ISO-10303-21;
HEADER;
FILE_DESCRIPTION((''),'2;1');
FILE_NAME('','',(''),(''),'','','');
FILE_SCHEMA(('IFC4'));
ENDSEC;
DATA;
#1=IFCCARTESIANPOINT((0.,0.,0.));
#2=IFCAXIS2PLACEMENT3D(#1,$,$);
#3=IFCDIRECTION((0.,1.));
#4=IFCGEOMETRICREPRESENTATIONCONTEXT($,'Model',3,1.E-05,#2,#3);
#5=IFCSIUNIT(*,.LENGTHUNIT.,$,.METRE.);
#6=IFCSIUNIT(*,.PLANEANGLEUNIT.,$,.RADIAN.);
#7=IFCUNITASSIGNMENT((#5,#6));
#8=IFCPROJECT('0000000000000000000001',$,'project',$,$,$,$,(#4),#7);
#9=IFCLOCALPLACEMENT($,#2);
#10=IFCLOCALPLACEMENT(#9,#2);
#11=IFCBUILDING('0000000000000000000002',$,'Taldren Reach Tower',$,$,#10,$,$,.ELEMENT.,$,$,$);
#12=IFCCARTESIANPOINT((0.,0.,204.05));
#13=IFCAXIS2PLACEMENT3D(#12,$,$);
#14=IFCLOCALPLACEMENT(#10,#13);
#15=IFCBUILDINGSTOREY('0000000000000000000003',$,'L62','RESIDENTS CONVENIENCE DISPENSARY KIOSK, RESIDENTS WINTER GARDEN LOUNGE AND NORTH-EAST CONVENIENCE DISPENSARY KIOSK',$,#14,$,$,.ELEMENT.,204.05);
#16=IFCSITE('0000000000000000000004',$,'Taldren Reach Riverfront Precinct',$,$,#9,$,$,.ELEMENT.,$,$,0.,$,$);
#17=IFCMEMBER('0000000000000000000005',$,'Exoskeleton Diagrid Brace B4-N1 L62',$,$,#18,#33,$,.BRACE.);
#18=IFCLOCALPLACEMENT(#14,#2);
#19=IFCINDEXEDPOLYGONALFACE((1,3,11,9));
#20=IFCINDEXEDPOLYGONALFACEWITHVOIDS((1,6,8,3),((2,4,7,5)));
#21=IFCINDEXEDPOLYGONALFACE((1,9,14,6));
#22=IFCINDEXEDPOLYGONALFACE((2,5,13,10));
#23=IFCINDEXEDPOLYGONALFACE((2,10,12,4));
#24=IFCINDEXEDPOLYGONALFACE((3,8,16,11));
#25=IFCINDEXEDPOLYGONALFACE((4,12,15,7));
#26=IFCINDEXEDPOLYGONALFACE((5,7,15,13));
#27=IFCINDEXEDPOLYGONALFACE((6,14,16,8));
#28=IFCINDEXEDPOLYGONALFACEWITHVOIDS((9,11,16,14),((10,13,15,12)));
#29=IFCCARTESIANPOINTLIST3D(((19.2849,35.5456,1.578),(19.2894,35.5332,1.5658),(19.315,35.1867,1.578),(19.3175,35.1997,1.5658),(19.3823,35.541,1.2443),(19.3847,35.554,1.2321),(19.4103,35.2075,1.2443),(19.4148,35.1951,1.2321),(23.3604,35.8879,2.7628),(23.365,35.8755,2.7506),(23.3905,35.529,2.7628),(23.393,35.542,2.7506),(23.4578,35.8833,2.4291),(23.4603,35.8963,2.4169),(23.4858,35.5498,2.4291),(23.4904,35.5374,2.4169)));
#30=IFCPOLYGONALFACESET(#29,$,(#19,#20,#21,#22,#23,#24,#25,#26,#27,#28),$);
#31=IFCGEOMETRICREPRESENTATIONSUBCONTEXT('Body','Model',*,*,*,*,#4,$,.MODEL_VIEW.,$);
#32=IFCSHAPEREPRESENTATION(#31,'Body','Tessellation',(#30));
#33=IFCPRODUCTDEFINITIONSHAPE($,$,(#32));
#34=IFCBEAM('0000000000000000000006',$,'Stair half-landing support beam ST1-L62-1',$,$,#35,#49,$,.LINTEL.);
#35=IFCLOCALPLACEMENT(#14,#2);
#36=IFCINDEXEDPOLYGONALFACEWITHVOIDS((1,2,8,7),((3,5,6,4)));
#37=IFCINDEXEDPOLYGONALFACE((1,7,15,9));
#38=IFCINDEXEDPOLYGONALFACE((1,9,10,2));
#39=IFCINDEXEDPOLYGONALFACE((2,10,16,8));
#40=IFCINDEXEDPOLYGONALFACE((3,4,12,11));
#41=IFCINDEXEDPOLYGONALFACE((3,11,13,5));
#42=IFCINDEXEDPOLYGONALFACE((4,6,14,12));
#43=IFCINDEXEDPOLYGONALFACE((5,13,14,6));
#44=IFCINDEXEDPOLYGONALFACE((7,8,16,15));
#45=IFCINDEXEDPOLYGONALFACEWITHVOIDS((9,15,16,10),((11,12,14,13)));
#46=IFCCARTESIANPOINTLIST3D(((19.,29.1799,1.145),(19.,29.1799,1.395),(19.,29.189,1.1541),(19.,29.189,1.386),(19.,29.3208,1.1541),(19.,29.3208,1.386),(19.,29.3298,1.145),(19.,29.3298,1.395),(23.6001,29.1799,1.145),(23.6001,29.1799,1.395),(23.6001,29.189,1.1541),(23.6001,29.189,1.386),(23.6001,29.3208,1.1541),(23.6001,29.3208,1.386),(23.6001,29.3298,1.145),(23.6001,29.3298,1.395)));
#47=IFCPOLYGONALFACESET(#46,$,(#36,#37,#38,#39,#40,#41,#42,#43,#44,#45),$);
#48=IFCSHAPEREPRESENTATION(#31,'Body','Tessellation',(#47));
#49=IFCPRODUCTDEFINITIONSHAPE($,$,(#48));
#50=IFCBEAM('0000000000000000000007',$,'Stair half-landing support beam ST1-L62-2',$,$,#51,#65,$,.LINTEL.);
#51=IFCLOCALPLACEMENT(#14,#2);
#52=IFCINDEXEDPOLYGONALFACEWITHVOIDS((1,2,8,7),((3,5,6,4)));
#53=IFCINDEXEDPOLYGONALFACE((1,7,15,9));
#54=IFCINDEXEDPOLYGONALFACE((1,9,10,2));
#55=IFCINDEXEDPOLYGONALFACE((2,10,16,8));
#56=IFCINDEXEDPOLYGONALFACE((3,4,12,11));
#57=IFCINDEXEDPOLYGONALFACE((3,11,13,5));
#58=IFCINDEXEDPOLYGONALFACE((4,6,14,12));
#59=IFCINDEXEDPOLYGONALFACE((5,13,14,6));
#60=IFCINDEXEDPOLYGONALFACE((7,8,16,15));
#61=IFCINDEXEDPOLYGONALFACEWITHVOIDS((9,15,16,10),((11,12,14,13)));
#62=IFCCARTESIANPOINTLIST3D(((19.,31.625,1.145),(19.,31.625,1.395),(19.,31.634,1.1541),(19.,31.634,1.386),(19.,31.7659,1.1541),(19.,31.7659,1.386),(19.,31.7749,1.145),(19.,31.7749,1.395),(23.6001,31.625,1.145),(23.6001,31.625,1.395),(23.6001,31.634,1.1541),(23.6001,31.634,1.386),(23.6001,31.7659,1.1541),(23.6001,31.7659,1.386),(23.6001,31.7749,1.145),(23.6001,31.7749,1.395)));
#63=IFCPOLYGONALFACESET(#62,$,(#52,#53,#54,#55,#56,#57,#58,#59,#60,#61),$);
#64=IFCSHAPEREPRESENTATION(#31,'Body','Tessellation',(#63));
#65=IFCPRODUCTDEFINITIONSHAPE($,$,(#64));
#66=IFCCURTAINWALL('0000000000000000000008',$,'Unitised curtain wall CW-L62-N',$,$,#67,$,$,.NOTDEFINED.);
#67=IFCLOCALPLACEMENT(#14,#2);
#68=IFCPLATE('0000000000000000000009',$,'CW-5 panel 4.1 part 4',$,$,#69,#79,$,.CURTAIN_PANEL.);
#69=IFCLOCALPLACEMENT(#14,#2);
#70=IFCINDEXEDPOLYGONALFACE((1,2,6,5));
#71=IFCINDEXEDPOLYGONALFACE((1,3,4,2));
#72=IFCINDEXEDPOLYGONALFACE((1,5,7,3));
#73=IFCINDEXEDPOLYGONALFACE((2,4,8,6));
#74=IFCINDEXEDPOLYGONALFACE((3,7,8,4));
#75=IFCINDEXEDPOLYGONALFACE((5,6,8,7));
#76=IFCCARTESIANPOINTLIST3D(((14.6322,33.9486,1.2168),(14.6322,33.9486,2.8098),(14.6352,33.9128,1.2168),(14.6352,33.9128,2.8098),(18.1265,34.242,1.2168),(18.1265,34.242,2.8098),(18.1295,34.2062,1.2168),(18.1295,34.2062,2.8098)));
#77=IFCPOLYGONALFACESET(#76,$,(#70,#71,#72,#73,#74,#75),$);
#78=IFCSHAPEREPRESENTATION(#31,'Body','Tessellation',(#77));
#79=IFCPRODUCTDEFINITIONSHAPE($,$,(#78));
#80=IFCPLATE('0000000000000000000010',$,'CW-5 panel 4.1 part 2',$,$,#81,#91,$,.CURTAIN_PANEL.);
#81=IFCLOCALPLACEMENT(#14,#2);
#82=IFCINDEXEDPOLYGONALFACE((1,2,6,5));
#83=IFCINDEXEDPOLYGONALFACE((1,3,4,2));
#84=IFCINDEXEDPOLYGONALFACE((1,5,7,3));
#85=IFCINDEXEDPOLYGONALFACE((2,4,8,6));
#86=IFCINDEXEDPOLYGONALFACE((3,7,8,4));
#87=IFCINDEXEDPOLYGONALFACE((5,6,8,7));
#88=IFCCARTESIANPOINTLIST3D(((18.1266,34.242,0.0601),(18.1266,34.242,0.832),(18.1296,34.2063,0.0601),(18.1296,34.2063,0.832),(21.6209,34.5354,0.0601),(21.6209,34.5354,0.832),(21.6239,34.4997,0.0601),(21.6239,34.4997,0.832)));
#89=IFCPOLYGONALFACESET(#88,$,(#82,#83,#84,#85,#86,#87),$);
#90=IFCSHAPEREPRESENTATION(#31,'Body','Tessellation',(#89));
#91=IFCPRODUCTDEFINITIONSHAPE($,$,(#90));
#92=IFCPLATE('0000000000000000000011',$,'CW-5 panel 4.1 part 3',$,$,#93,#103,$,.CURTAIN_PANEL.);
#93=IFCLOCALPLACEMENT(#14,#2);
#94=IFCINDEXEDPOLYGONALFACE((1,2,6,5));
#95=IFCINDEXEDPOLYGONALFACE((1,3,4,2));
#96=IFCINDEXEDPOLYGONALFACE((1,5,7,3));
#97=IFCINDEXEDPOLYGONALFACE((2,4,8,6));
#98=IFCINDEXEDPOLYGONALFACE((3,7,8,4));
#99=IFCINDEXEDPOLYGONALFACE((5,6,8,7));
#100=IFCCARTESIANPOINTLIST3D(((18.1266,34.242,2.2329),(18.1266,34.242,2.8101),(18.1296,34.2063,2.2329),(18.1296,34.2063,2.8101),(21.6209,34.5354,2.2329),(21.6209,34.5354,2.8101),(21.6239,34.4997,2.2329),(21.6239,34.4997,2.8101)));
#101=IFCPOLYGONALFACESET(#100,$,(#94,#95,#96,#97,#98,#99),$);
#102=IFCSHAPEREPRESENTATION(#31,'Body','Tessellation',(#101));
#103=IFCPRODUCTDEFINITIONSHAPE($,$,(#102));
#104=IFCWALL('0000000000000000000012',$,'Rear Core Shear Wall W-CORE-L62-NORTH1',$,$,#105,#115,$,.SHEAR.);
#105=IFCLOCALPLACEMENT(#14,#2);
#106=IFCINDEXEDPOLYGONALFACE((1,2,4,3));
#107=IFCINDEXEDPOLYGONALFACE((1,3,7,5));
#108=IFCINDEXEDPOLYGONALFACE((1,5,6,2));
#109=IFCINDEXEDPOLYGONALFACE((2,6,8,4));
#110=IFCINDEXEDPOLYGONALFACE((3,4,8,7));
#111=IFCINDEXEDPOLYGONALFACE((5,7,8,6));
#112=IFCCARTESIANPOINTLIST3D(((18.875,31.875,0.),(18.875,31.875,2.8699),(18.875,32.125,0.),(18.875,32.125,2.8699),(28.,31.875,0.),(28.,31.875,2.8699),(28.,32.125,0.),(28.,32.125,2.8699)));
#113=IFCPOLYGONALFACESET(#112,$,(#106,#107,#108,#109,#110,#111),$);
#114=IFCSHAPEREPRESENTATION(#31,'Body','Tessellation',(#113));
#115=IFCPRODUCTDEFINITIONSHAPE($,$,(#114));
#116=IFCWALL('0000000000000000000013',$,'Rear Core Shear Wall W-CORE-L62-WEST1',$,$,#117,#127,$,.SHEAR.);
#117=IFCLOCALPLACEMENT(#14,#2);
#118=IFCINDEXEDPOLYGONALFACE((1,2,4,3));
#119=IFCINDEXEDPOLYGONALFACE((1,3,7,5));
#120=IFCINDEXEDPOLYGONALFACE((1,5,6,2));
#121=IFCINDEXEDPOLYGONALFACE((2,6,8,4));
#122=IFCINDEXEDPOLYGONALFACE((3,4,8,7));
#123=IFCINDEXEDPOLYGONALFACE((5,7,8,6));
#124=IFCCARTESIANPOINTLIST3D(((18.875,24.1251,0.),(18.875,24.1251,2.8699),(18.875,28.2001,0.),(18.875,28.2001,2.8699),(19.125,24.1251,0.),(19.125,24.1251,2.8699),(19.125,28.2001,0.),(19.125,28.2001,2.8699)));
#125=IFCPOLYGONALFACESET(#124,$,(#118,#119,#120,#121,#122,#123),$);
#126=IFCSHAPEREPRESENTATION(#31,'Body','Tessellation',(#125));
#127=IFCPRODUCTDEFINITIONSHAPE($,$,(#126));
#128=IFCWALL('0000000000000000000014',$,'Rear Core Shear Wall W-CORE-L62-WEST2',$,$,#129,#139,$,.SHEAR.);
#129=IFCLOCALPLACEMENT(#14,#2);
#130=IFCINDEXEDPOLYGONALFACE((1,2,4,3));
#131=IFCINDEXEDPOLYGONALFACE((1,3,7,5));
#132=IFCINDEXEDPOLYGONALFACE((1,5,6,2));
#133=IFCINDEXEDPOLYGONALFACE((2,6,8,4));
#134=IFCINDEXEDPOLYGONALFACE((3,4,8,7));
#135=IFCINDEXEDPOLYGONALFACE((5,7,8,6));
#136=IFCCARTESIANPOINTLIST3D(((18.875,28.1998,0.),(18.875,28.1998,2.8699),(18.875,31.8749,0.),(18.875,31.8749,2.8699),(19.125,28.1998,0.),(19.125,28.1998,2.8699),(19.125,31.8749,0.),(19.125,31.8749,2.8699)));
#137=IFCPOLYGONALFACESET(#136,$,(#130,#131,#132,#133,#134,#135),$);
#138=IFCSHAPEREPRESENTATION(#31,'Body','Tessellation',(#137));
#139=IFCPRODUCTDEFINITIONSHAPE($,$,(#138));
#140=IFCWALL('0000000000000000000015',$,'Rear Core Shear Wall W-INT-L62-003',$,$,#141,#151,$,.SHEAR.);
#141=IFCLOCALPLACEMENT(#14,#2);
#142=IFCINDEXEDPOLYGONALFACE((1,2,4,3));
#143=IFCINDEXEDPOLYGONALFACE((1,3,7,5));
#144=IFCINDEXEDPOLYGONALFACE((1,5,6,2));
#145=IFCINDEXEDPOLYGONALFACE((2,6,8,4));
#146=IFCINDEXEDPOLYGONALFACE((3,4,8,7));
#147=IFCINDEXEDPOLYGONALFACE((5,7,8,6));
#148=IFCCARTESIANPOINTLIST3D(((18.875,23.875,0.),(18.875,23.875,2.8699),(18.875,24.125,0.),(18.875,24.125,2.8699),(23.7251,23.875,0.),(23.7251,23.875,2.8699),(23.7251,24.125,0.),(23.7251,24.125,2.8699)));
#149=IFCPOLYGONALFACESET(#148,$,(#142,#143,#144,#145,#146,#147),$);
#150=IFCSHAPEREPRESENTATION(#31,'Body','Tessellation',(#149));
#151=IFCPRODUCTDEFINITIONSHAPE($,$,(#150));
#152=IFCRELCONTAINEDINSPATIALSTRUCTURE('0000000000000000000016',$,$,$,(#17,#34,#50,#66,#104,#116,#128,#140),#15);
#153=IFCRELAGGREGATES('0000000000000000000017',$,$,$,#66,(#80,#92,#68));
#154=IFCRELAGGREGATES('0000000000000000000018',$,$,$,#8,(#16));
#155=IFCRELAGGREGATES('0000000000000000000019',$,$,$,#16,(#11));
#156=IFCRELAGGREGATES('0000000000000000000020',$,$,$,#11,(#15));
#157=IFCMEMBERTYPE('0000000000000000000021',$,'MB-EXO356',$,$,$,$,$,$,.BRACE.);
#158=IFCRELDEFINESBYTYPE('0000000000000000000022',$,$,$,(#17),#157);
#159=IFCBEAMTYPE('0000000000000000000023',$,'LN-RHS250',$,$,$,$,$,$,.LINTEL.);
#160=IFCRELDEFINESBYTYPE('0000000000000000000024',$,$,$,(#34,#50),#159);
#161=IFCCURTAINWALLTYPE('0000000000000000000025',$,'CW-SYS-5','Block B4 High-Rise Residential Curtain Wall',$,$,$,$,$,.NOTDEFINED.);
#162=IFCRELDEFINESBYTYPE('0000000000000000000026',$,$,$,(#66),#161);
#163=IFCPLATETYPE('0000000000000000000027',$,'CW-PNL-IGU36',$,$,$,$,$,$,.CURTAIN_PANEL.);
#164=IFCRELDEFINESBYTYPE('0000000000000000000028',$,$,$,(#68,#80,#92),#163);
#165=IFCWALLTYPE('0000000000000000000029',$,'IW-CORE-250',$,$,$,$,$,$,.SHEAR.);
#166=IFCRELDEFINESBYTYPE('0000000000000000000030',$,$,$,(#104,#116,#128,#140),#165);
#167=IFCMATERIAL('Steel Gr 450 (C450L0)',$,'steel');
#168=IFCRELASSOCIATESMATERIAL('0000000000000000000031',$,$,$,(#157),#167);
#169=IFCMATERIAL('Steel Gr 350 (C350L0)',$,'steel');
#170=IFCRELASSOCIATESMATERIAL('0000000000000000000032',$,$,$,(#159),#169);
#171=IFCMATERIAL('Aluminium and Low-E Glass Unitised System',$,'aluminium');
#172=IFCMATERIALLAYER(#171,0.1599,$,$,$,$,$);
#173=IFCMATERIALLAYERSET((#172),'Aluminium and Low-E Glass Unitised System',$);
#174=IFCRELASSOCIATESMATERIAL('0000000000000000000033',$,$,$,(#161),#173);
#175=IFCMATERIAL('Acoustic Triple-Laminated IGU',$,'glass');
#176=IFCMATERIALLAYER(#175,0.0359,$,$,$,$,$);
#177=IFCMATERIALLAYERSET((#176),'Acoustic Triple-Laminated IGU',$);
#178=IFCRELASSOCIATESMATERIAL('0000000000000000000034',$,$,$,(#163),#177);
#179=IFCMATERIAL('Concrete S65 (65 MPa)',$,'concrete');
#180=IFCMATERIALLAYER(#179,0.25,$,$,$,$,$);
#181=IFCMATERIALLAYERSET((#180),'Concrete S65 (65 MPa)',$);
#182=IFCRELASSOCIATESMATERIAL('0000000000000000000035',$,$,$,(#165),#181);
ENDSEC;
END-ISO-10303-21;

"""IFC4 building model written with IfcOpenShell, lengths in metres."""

from ifc_helpers import new_model, si_unit, direction, frame, frame_2d, origin, origin_2d, place, context, subcontext, project, spatial, rectangle, hollow_rectangle, extrude, source, transform, mapped, material, layer, layer_set, material_profile, profile_set, type_object, element, aggregate, save


model = new_model("IFC4")

# Units and contexts
model_context = context("Model", 3, precision=1e-05, world=origin(), true_north=direction((0.0, 1.0)))
body_context = subcontext(model_context, "Body", "Model", "MODEL_VIEW")
ifc_project = project(units=[si_unit("LENGTHUNIT", "METRE"), si_unit("PLANEANGLEUNIT", "RADIAN")], contexts=[model_context])

# Site, building, storey
site_placement = place(None, origin())
site = spatial("IfcSite", under=ifc_project, at=site_placement, Name="Taldren Reach Riverfront Precinct", CompositionType="ELEMENT", RefElevation=0.0)
building_placement = place(site_placement, origin())
building = spatial("IfcBuilding", under=site, at=building_placement, Name="Taldren Reach Tower", CompositionType="ELEMENT")
storey_placement = place(building_placement, frame((0.0, 0.0, 204.05)))
storey = spatial("IfcBuildingStorey", under=building, at=storey_placement, Name="L62", Description="RESIDENTS CONVENIENCE DISPENSARY KIOSK, RESIDENTS WINTER GARDEN LOUNGE AND NORTH-EAST CONVENIENCE DISPENSARY KIOSK", CompositionType="ELEMENT", Elevation=204.05)

# Shared definitions
ifc_material_1 = material(Name="Steel Gr 450 (C450L0)", Category="steel")

# Shared definitions
ifc_material_2 = material(Name="Steel Gr 350 (C350L0)", Category="steel")

# Member
ifc_material_profile_1 = material_profile(ifc_material_1, hollow_rectangle(XDim=0.3601, YDim=0.3601, WallThickness=0.0127, at=origin_2d()), Name="360x360x12.7SHS")
ifc_profile_set_1 = profile_set([ifc_material_profile_1], Name="Steel Gr 450 (C450L0)")
member_type_1 = type_object("IfcMemberType", Name="MB-EXO356", PredefinedType="BRACE", material=ifc_profile_set_1)
shared_shape_1 = source(origin(), body_context, "Body", "SweptSolid", [
    extrude(hollow_rectangle(XDim=0.3601, YDim=0.3601, WallThickness=0.0127, at=origin_2d()), origin(), (0.0, 0.0, 1.0), 4.2581),
])
member_1_placement = place(storey_placement, frame((19.3499, 35.3704, 1.405), z_axis=(0.957136, 0.080387, 0.278259), x_axis=(-0.083693, 0.996492, 0.0)))
element("IfcMember", 1, at=member_1_placement, inside=storey, type_object=member_type_1, Name="Exoskeleton Diagrid Brace B4-N1 L62", PredefinedType="BRACE", context=body_context, shape_type="MappedRepresentation", body=[
    mapped(shared_shape_1, transform((0.0, 0.0, 0.0), scale=1.0)),
])

# Beams
ifc_material_profile_2 = material_profile(ifc_material_2, hollow_rectangle(XDim=0.1499, YDim=0.25, WallThickness=0.009, at=origin_2d()), Name="250x150x9.0RHS")
ifc_profile_set_2 = profile_set([ifc_material_profile_2], Name="Steel Gr 350 (C350L0)")
beam_type_1 = type_object("IfcBeamType", Name="LN-RHS250", PredefinedType="LINTEL", material=ifc_profile_set_2)
shared_shape_2 = source(origin(), body_context, "Body", "SweptSolid", [
    extrude(hollow_rectangle(XDim=0.1499, YDim=0.25, WallThickness=0.009, at=origin_2d()), origin(), (0.0, 0.0, 1.0), 4.6001),
])
for number, where, z_axis, x_axis, name in (
    (2, (19.0, 29.2549, 1.27), (1.0, 0.0, 0.0), (0.0, 1.0, 0.0), "Stair half-landing support beam ST1-L62-1"),
    (3, (19.0, 31.7, 1.27), (1.0, 0.0, 0.0), (0.0, 1.0, 0.0), "Stair half-landing support beam ST1-L62-2"),
):
    element("IfcBeam", number, at=place(storey_placement, frame(where, z_axis=z_axis, x_axis=x_axis)), inside=storey, type_object=beam_type_1, Name=name, PredefinedType="LINTEL", context=body_context, shape_type="MappedRepresentation", body=[
        mapped(shared_shape_2, transform((0.0, 0.0, 0.0), scale=1.0)),
    ])

# Curtain wall, plates
ifc_material_3 = material(Name="Aluminium and Low-E Glass Unitised System", Category="aluminium")
ifc_layer_1 = layer(ifc_material_3, 0.1599)
ifc_layer_set_1 = layer_set([ifc_layer_1], Name="Aluminium and Low-E Glass Unitised System")
curtain_wall_type = type_object("IfcCurtainWallType", Name="CW-SYS-5", Description="Block B4 High-Rise Residential Curtain Wall", PredefinedType="NOTDEFINED", material=ifc_layer_set_1)
curtain_wall_placement = place(storey_placement, origin())
curtain_wall = element("IfcCurtainWall", 4, at=curtain_wall_placement, inside=storey, type_object=curtain_wall_type, Name="Unitised curtain wall CW-L62-N", PredefinedType="NOTDEFINED")
ifc_material_4 = material(Name="Acoustic Triple-Laminated IGU", Category="glass")
ifc_layer_2 = layer(ifc_material_4, 0.0359)
ifc_layer_set_2 = layer_set([ifc_layer_2], Name="Acoustic Triple-Laminated IGU")
plate_type = type_object("IfcPlateType", Name="CW-PNL-IGU36", PredefinedType="CURTAIN_PANEL", material=ifc_layer_set_2)
shared_shape_3 = source(origin(), body_context, "Body", "SweptSolid", [
    extrude(rectangle(XDim=3.5066, YDim=0.0359, at=origin_2d()), origin(), (0.0, 0.0, 1.0), 1.593),
])
plate_1_placement = place(storey_placement, frame((16.3809, 34.0774, 1.2168), z_axis=(0.0, 0.0, 1.0), x_axis=(-0.996493, -0.083678, 0.0)))
plate_1 = element("IfcPlate", 5, at=plate_1_placement, type_object=plate_type, Name="CW-5 panel 4.1 part 4", PredefinedType="CURTAIN_PANEL", context=body_context, shape_type="MappedRepresentation", body=[
    mapped(shared_shape_3, transform((0.0, 0.0, 0.0), scale=1.0)),
])
shared_shape_4 = source(origin(), body_context, "Body", "SweptSolid", [
    extrude(rectangle(XDim=3.5066, YDim=0.0359, at=origin_2d()), origin(), (0.0, 0.0, 1.0), 0.772),
])
plate_2_placement = place(storey_placement, frame((19.8752, 34.3708, 0.0601), z_axis=(0.0, 0.0, 1.0), x_axis=(-0.996493, -0.083678, 0.0)))
plate_2 = element("IfcPlate", 6, at=plate_2_placement, type_object=plate_type, Name="CW-5 panel 4.1 part 2", PredefinedType="CURTAIN_PANEL", context=body_context, shape_type="MappedRepresentation", body=[
    mapped(shared_shape_4, transform((0.0, 0.0, 0.0), scale=1.0)),
])
shared_shape_5 = source(origin(), body_context, "Body", "SweptSolid", [
    extrude(rectangle(XDim=3.5066, YDim=0.0359, at=origin_2d()), origin(), (0.0, 0.0, 1.0), 0.5771),
])
plate_3_placement = place(storey_placement, frame((19.8752, 34.3708, 2.2329), z_axis=(0.0, 0.0, 1.0), x_axis=(-0.996493, -0.083678, 0.0)))
plate_3 = element("IfcPlate", 7, at=plate_3_placement, type_object=plate_type, Name="CW-5 panel 4.1 part 3", PredefinedType="CURTAIN_PANEL", context=body_context, shape_type="MappedRepresentation", body=[
    mapped(shared_shape_5, transform((0.0, 0.0, 0.0), scale=1.0)),
])
aggregate(curtain_wall, [plate_2, plate_3, plate_1])

# Walls
ifc_material_5 = material(Name="Concrete S65 (65 MPa)", Category="concrete")
ifc_layer_3 = layer(ifc_material_5, 0.25)
ifc_layer_set_3 = layer_set([ifc_layer_3], Name="Concrete S65 (65 MPa)")
wall_type = type_object("IfcWallType", Name="IW-CORE-250", PredefinedType="SHEAR", material=ifc_layer_set_3)
shared_shape_6 = source(origin(), body_context, "Body", "SweptSolid", [
    extrude(rectangle(XDim=9.125, YDim=0.25, at=frame_2d((4.5625, 0.0))), origin(), (0.0, 0.0, 1.0), 2.8699),
])
wall_1_placement = place(storey_placement, frame((18.875, 32.0, 0.0), z_axis=(0.0, 0.0, 1.0), x_axis=(1.0, 0.0, 0.0)))
element("IfcWall", 8, at=wall_1_placement, inside=storey, type_object=wall_type, Name="Rear Core Shear Wall W-CORE-L62-NORTH1", PredefinedType="SHEAR", context=body_context, shape_type="MappedRepresentation", body=[
    mapped(shared_shape_6, transform((0.0, 0.0, 0.0), scale=1.0)),
])
shared_shape_7 = source(origin(), body_context, "Body", "SweptSolid", [
    extrude(rectangle(XDim=4.075, YDim=0.25, at=frame_2d((2.0376, 0.0))), origin(), (0.0, 0.0, 1.0), 2.8699),
])
wall_2_placement = place(storey_placement, frame((19.0, 24.125, 0.0), z_axis=(0.0, 0.0, 1.0), x_axis=(0.0, 1.0, 0.0)))
element("IfcWall", 9, at=wall_2_placement, inside=storey, type_object=wall_type, Name="Rear Core Shear Wall W-CORE-L62-WEST1", PredefinedType="SHEAR", context=body_context, shape_type="MappedRepresentation", body=[
    mapped(shared_shape_7, transform((0.0, 0.0, 0.0), scale=1.0)),
])
shared_shape_8 = source(origin(), body_context, "Body", "SweptSolid", [
    extrude(rectangle(XDim=3.675, YDim=0.25, at=frame_2d((1.8374, 0.0))), origin(), (0.0, 0.0, 1.0), 2.8699),
])
wall_3_placement = place(storey_placement, frame((19.0, 28.2, 0.0), z_axis=(0.0, 0.0, 1.0), x_axis=(0.0, 1.0, 0.0)))
element("IfcWall", 10, at=wall_3_placement, inside=storey, type_object=wall_type, Name="Rear Core Shear Wall W-CORE-L62-WEST2", PredefinedType="SHEAR", context=body_context, shape_type="MappedRepresentation", body=[
    mapped(shared_shape_8, transform((0.0, 0.0, 0.0), scale=1.0)),
])
shared_shape_9 = source(origin(), body_context, "Body", "SweptSolid", [
    extrude(rectangle(XDim=4.8501, YDim=0.25, at=frame_2d((2.425, 0.0))), origin(), (0.0, 0.0, 1.0), 2.8699),
])
wall_4_placement = place(storey_placement, frame((18.875, 24.0, 0.0), z_axis=(0.0, 0.0, 1.0), x_axis=(1.0, 0.0, 0.0)))
element("IfcWall", 11, at=wall_4_placement, inside=storey, type_object=wall_type, Name="Rear Core Shear Wall W-INT-L62-003", PredefinedType="SHEAR", context=body_context, shape_type="MappedRepresentation", body=[
    mapped(shared_shape_9, transform((0.0, 0.0, 0.0), scale=1.0)),
])

save(model, "model.ifc")
